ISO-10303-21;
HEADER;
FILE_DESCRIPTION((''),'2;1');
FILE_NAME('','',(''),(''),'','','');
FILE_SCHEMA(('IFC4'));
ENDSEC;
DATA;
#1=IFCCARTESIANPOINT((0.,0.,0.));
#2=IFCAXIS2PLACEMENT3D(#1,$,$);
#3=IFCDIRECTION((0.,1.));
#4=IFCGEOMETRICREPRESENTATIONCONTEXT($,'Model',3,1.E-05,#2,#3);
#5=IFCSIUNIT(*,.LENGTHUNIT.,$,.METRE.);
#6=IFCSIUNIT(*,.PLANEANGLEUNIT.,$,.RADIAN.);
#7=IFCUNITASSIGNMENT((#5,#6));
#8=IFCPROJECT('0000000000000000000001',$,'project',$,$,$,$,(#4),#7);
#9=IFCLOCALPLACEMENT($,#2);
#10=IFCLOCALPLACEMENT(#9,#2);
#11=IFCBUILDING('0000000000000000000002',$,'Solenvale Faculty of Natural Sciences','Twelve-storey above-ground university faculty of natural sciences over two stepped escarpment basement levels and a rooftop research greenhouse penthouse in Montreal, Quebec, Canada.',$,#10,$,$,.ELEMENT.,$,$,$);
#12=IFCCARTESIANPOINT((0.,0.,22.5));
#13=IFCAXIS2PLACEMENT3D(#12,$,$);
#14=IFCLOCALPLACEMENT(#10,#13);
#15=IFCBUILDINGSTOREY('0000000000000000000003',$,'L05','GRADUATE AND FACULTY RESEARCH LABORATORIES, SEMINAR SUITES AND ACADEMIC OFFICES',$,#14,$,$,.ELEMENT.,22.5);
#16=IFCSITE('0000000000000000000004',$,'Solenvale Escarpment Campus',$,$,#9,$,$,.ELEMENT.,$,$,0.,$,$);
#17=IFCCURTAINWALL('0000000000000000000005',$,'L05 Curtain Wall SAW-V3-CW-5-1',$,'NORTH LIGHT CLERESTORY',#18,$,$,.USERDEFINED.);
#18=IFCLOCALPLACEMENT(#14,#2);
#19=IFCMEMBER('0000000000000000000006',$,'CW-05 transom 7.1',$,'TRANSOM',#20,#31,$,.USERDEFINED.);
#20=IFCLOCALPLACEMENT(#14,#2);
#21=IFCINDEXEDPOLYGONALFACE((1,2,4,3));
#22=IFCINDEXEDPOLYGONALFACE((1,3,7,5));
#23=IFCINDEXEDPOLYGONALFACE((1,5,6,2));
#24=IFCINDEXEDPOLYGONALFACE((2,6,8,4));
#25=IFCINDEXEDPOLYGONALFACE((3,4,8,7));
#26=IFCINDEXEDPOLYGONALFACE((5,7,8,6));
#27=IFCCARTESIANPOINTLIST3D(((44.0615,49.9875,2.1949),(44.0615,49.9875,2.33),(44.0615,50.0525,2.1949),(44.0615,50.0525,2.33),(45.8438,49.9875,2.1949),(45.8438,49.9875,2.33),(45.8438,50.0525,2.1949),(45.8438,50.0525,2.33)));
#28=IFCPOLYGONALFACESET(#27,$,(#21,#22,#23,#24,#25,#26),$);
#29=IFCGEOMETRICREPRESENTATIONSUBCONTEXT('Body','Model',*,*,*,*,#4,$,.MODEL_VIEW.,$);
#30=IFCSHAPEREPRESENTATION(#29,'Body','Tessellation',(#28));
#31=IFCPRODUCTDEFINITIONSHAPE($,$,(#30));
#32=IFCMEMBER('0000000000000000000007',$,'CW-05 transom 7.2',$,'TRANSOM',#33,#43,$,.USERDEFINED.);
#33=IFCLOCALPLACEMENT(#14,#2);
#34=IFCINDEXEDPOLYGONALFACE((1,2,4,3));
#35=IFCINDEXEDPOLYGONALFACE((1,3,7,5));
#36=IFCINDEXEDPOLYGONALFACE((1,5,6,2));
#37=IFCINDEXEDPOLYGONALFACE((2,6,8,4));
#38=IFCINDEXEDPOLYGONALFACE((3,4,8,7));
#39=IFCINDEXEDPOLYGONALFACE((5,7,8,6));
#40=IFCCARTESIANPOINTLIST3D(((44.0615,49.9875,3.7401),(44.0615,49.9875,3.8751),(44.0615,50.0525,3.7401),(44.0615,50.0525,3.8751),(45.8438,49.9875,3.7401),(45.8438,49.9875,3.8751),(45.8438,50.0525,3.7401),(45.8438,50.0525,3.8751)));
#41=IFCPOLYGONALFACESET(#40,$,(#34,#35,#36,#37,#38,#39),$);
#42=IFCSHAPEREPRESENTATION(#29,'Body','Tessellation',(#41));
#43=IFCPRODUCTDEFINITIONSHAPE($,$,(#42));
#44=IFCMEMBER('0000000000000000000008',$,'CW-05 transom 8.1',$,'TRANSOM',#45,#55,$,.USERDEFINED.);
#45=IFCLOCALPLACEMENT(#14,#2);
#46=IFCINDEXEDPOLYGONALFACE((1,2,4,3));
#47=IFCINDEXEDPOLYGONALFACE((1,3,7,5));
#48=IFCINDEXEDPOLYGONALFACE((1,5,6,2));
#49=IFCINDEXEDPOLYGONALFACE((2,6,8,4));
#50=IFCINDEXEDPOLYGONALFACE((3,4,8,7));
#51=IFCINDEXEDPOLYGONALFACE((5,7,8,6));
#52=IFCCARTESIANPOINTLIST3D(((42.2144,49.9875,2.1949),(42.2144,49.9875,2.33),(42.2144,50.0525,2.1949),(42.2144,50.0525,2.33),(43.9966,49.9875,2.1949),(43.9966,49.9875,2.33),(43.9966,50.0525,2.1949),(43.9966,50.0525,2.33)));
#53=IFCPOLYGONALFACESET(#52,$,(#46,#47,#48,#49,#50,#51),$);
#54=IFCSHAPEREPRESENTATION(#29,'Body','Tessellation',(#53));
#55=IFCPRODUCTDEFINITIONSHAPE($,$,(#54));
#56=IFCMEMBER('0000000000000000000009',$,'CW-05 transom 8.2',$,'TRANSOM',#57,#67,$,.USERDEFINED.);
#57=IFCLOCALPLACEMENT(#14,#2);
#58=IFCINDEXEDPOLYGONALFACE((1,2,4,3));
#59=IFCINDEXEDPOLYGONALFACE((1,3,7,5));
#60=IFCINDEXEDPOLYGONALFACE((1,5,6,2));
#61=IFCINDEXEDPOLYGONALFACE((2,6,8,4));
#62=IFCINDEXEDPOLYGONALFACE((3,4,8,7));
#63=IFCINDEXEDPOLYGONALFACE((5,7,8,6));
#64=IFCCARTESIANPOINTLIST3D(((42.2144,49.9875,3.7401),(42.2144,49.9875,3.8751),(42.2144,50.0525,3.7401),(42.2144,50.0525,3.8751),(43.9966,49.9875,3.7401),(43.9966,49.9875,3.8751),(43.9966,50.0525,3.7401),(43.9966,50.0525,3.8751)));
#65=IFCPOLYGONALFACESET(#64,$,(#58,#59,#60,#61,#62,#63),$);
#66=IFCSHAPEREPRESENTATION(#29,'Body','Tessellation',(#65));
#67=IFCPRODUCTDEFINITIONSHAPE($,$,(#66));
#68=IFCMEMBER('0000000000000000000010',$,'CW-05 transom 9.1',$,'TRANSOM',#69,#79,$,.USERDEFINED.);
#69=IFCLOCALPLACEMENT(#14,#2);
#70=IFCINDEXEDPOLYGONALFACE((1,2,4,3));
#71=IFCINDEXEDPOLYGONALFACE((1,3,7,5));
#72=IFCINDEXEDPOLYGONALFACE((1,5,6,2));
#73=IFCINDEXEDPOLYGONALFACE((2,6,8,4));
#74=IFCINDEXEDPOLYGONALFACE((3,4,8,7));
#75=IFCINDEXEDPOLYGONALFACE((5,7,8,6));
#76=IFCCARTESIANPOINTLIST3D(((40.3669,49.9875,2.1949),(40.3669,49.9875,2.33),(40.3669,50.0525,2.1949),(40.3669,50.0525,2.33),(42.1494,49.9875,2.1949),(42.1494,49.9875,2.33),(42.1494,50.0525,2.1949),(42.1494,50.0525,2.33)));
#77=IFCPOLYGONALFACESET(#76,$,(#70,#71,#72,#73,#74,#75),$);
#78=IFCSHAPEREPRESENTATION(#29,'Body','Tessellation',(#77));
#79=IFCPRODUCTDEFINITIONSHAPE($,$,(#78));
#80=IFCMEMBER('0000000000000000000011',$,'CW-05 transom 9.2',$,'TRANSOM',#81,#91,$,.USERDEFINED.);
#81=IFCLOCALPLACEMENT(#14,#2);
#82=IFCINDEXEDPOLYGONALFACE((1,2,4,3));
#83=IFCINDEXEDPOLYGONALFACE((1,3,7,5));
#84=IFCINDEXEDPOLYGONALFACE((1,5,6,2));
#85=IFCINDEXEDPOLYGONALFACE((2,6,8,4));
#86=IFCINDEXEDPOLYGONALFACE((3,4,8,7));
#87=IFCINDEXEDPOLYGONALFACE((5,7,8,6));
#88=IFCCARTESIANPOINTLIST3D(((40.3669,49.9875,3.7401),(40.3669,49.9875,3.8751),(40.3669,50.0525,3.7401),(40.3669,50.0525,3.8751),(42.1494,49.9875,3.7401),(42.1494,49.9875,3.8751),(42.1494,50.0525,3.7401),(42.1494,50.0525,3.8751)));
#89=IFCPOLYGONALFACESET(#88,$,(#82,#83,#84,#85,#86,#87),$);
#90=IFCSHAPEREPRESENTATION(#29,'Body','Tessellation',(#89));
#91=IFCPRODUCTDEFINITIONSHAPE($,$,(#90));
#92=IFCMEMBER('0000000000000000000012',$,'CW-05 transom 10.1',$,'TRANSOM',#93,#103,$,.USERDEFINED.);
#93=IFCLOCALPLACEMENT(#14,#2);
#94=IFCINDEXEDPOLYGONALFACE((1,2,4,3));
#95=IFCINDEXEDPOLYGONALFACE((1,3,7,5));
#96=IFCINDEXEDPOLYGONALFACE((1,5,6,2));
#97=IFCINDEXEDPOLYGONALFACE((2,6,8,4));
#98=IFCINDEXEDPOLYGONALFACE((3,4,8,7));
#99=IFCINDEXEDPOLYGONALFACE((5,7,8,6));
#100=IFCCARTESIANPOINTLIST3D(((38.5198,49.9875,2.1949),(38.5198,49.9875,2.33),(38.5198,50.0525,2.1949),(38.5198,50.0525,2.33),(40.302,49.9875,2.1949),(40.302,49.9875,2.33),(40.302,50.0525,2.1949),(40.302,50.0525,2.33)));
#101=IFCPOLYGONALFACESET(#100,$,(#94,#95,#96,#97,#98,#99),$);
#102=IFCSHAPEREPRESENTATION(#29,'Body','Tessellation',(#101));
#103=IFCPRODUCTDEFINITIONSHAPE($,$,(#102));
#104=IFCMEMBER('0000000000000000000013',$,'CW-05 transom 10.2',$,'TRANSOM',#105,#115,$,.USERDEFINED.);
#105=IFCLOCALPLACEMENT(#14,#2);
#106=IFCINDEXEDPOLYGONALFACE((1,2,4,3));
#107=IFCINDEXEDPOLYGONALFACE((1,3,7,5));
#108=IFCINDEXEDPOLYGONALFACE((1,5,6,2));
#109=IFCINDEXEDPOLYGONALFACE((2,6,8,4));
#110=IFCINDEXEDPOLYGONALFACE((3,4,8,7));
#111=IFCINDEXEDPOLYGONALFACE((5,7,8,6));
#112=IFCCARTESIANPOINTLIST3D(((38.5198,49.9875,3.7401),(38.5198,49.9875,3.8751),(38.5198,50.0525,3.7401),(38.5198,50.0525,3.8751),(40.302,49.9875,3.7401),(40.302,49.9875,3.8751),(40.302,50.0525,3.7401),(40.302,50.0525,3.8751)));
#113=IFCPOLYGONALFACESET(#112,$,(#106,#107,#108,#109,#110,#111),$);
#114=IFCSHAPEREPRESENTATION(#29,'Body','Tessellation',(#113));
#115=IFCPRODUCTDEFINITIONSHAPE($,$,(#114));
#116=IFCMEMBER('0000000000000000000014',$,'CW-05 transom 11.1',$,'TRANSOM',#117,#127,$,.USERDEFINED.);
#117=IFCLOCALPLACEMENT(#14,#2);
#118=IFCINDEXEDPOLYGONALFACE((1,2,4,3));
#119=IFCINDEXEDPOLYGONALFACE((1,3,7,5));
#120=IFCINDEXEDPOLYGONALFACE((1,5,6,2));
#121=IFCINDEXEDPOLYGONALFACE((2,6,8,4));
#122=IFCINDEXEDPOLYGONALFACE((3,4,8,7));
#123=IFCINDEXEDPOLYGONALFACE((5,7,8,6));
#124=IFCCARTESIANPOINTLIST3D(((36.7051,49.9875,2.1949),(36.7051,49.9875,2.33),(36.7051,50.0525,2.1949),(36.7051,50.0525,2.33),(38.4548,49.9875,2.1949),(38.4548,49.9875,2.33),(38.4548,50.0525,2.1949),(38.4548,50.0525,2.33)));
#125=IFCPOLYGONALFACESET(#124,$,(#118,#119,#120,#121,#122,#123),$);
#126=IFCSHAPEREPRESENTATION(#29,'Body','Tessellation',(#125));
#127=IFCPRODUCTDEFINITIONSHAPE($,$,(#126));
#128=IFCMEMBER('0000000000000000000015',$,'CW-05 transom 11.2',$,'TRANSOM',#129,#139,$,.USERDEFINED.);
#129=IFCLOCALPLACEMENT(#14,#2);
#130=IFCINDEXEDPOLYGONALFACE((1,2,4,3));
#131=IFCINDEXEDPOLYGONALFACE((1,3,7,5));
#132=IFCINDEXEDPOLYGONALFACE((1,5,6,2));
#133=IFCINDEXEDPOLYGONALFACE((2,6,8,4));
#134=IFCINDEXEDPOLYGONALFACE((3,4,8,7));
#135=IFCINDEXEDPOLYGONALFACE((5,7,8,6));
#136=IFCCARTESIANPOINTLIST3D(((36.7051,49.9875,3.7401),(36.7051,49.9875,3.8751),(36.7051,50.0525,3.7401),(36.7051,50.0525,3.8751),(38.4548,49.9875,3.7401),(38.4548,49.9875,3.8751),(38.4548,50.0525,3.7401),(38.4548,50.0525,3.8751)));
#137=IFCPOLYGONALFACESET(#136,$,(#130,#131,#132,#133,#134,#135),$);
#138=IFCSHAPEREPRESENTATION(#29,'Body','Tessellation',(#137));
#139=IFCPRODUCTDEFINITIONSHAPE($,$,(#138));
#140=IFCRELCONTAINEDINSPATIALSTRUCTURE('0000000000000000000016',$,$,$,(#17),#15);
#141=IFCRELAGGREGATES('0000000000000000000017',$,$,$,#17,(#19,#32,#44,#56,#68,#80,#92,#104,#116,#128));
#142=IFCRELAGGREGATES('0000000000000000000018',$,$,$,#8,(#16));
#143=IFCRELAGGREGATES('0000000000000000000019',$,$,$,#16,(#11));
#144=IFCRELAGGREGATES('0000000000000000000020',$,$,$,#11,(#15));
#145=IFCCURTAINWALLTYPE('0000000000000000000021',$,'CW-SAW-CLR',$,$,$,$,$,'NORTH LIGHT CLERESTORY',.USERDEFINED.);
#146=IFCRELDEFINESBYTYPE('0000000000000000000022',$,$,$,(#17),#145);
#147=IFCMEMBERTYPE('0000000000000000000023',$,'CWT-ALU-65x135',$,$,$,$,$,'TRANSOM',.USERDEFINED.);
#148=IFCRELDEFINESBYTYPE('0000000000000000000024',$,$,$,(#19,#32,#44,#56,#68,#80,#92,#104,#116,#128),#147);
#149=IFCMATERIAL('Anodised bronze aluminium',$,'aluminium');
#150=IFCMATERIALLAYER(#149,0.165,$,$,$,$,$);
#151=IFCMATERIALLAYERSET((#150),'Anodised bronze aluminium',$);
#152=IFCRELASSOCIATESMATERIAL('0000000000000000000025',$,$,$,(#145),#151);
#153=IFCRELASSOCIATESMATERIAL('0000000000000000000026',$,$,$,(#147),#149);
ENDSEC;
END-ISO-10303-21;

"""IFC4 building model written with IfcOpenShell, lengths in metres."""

from ifc_helpers import new_model, si_unit, direction, frame, origin, origin_2d, place, context, subcontext, project, spatial, rectangle, extrude, material, layer, layer_set, material_profile, profile_set, type_object, element, aggregate, save


model = new_model("IFC4")

# Units and contexts
model_context = context("Model", 3, precision=1e-05, world=origin(), true_north=direction((0.0, 1.0)))
body_context = subcontext(model_context, "Body", "Model", "MODEL_VIEW")
ifc_project = project(units=[si_unit("LENGTHUNIT", "METRE"), si_unit("PLANEANGLEUNIT", "RADIAN")], contexts=[model_context])

# Site, building, storey
site_placement = place(None, origin())
site = spatial("IfcSite", under=ifc_project, at=site_placement, Name="Solenvale Escarpment Campus", CompositionType="ELEMENT", RefElevation=0.0)
building_placement = place(site_placement, origin())
building = spatial("IfcBuilding", under=site, at=building_placement, Name="Solenvale Faculty of Natural Sciences", Description="Twelve-storey above-ground university faculty of natural sciences over two stepped escarpment basement levels and a rooftop research greenhouse penthouse in Montreal, Quebec, Canada.", CompositionType="ELEMENT")
storey_placement = place(building_placement, frame((0.0, 0.0, 22.5)))
storey = spatial("IfcBuildingStorey", under=building, at=storey_placement, Name="L05", Description="GRADUATE AND FACULTY RESEARCH LABORATORIES, SEMINAR SUITES AND ACADEMIC OFFICES", CompositionType="ELEMENT", Elevation=22.5)

# Curtain wall, members
ifc_material_1 = material(Name="Anodised bronze aluminium", Category="aluminium")
ifc_layer_1 = layer(ifc_material_1, 0.165)
ifc_layer_set_1 = layer_set([ifc_layer_1], Name="Anodised bronze aluminium")
curtain_wall_type = type_object("IfcCurtainWallType", Name="CW-SAW-CLR", ElementType="NORTH LIGHT CLERESTORY", PredefinedType="USERDEFINED", material=ifc_layer_set_1)
curtain_wall_placement = place(storey_placement, origin())
curtain_wall = element("IfcCurtainWall", 1, at=curtain_wall_placement, inside=storey, type_object=curtain_wall_type, Name="L05 Curtain Wall SAW-V3-CW-5-1", ObjectType="NORTH LIGHT CLERESTORY", PredefinedType="USERDEFINED")
ifc_material_profile_1 = material_profile(ifc_material_1, rectangle(XDim=0.0649, YDim=0.135, at=origin_2d()), Name="ALU-TRN-65x135")
ifc_profile_set_1 = profile_set([ifc_material_profile_1], Name="Anodised bronze aluminium")
member_type_1 = type_object("IfcMemberType", Name="CWT-ALU-65x135", ElementType="TRANSOM", PredefinedType="USERDEFINED", material=ifc_profile_set_1)
member_1_placement = place(storey_placement, frame((45.8438, 50.02, 2.2625), z_axis=(-1.0, 0.0, 0.0), x_axis=(0.0, -1.0, 0.0)))
member_1 = element("IfcMember", 2, at=member_1_placement, type_object=member_type_1, Name="CW-05 transom 7.1", ObjectType="TRANSOM", PredefinedType="USERDEFINED", context=body_context, shape_type="SweptSolid", body=[
    extrude(rectangle(XDim=0.0649, YDim=0.135, at=origin_2d()), origin(), (0.0, 0.0, 1.0), 1.7822),
])
member_2_placement = place(storey_placement, frame((45.8438, 50.02, 3.8076), z_axis=(-1.0, 0.0, 0.0), x_axis=(0.0, -1.0, 0.0)))
member_2 = element("IfcMember", 3, at=member_2_placement, type_object=member_type_1, Name="CW-05 transom 7.2", ObjectType="TRANSOM", PredefinedType="USERDEFINED", context=body_context, shape_type="SweptSolid", body=[
    extrude(rectangle(XDim=0.0649, YDim=0.135, at=origin_2d()), origin(), (0.0, 0.0, 1.0), 1.7822),
])
member_3_placement = place(storey_placement, frame((43.9966, 50.02, 2.2625), z_axis=(-1.0, 0.0, 0.0), x_axis=(0.0, -1.0, 0.0)))
member_3 = element("IfcMember", 4, at=member_3_placement, type_object=member_type_1, Name="CW-05 transom 8.1", ObjectType="TRANSOM", PredefinedType="USERDEFINED", context=body_context, shape_type="SweptSolid", body=[
    extrude(rectangle(XDim=0.0649, YDim=0.135, at=origin_2d()), origin(), (0.0, 0.0, 1.0), 1.7822),
])
member_4_placement = place(storey_placement, frame((43.9966, 50.02, 3.8076), z_axis=(-1.0, 0.0, 0.0), x_axis=(0.0, -1.0, 0.0)))
member_4 = element("IfcMember", 5, at=member_4_placement, type_object=member_type_1, Name="CW-05 transom 8.2", ObjectType="TRANSOM", PredefinedType="USERDEFINED", context=body_context, shape_type="SweptSolid", body=[
    extrude(rectangle(XDim=0.0649, YDim=0.135, at=origin_2d()), origin(), (0.0, 0.0, 1.0), 1.7822),
])
member_5_placement = place(storey_placement, frame((42.1494, 50.02, 2.2625), z_axis=(-1.0, 0.0, 0.0), x_axis=(0.0, -1.0, 0.0)))
member_5 = element("IfcMember", 6, at=member_5_placement, type_object=member_type_1, Name="CW-05 transom 9.1", ObjectType="TRANSOM", PredefinedType="USERDEFINED", context=body_context, shape_type="SweptSolid", body=[
    extrude(rectangle(XDim=0.0649, YDim=0.135, at=origin_2d()), origin(), (0.0, 0.0, 1.0), 1.7825),
])
member_6_placement = place(storey_placement, frame((42.1494, 50.02, 3.8076), z_axis=(-1.0, 0.0, 0.0), x_axis=(0.0, -1.0, 0.0)))
member_6 = element("IfcMember", 7, at=member_6_placement, type_object=member_type_1, Name="CW-05 transom 9.2", ObjectType="TRANSOM", PredefinedType="USERDEFINED", context=body_context, shape_type="SweptSolid", body=[
    extrude(rectangle(XDim=0.0649, YDim=0.135, at=origin_2d()), origin(), (0.0, 0.0, 1.0), 1.7825),
])
member_7_placement = place(storey_placement, frame((40.302, 50.02, 2.2625), z_axis=(-1.0, 0.0, 0.0), x_axis=(0.0, -1.0, 0.0)))
member_7 = element("IfcMember", 8, at=member_7_placement, type_object=member_type_1, Name="CW-05 transom 10.1", ObjectType="TRANSOM", PredefinedType="USERDEFINED", context=body_context, shape_type="SweptSolid", body=[
    extrude(rectangle(XDim=0.0649, YDim=0.135, at=origin_2d()), origin(), (0.0, 0.0, 1.0), 1.7822),
])
member_8_placement = place(storey_placement, frame((40.302, 50.02, 3.8076), z_axis=(-1.0, 0.0, 0.0), x_axis=(0.0, -1.0, 0.0)))
member_8 = element("IfcMember", 9, at=member_8_placement, type_object=member_type_1, Name="CW-05 transom 10.2", ObjectType="TRANSOM", PredefinedType="USERDEFINED", context=body_context, shape_type="SweptSolid", body=[
    extrude(rectangle(XDim=0.0649, YDim=0.135, at=origin_2d()), origin(), (0.0, 0.0, 1.0), 1.7822),
])
member_9_placement = place(storey_placement, frame((38.4548, 50.02, 2.2625), z_axis=(-1.0, 0.0, 0.0), x_axis=(0.0, -1.0, 0.0)))
member_9 = element("IfcMember", 10, at=member_9_placement, type_object=member_type_1, Name="CW-05 transom 11.1", ObjectType="TRANSOM", PredefinedType="USERDEFINED", context=body_context, shape_type="SweptSolid", body=[
    extrude(rectangle(XDim=0.0649, YDim=0.135, at=origin_2d()), origin(), (0.0, 0.0, 1.0), 1.7498),
])
member_10_placement = place(storey_placement, frame((38.4548, 50.02, 3.8076), z_axis=(-1.0, 0.0, 0.0), x_axis=(0.0, -1.0, 0.0)))
member_10 = element("IfcMember", 11, at=member_10_placement, type_object=member_type_1, Name="CW-05 transom 11.2", ObjectType="TRANSOM", PredefinedType="USERDEFINED", context=body_context, shape_type="SweptSolid", body=[
    extrude(rectangle(XDim=0.0649, YDim=0.135, at=origin_2d()), origin(), (0.0, 0.0, 1.0), 1.7498),
])

aggregate(curtain_wall, [member_1, member_2, member_3, member_4, member_5, member_6, member_7, member_8, member_9, member_10])

save(model, "model.ifc")
